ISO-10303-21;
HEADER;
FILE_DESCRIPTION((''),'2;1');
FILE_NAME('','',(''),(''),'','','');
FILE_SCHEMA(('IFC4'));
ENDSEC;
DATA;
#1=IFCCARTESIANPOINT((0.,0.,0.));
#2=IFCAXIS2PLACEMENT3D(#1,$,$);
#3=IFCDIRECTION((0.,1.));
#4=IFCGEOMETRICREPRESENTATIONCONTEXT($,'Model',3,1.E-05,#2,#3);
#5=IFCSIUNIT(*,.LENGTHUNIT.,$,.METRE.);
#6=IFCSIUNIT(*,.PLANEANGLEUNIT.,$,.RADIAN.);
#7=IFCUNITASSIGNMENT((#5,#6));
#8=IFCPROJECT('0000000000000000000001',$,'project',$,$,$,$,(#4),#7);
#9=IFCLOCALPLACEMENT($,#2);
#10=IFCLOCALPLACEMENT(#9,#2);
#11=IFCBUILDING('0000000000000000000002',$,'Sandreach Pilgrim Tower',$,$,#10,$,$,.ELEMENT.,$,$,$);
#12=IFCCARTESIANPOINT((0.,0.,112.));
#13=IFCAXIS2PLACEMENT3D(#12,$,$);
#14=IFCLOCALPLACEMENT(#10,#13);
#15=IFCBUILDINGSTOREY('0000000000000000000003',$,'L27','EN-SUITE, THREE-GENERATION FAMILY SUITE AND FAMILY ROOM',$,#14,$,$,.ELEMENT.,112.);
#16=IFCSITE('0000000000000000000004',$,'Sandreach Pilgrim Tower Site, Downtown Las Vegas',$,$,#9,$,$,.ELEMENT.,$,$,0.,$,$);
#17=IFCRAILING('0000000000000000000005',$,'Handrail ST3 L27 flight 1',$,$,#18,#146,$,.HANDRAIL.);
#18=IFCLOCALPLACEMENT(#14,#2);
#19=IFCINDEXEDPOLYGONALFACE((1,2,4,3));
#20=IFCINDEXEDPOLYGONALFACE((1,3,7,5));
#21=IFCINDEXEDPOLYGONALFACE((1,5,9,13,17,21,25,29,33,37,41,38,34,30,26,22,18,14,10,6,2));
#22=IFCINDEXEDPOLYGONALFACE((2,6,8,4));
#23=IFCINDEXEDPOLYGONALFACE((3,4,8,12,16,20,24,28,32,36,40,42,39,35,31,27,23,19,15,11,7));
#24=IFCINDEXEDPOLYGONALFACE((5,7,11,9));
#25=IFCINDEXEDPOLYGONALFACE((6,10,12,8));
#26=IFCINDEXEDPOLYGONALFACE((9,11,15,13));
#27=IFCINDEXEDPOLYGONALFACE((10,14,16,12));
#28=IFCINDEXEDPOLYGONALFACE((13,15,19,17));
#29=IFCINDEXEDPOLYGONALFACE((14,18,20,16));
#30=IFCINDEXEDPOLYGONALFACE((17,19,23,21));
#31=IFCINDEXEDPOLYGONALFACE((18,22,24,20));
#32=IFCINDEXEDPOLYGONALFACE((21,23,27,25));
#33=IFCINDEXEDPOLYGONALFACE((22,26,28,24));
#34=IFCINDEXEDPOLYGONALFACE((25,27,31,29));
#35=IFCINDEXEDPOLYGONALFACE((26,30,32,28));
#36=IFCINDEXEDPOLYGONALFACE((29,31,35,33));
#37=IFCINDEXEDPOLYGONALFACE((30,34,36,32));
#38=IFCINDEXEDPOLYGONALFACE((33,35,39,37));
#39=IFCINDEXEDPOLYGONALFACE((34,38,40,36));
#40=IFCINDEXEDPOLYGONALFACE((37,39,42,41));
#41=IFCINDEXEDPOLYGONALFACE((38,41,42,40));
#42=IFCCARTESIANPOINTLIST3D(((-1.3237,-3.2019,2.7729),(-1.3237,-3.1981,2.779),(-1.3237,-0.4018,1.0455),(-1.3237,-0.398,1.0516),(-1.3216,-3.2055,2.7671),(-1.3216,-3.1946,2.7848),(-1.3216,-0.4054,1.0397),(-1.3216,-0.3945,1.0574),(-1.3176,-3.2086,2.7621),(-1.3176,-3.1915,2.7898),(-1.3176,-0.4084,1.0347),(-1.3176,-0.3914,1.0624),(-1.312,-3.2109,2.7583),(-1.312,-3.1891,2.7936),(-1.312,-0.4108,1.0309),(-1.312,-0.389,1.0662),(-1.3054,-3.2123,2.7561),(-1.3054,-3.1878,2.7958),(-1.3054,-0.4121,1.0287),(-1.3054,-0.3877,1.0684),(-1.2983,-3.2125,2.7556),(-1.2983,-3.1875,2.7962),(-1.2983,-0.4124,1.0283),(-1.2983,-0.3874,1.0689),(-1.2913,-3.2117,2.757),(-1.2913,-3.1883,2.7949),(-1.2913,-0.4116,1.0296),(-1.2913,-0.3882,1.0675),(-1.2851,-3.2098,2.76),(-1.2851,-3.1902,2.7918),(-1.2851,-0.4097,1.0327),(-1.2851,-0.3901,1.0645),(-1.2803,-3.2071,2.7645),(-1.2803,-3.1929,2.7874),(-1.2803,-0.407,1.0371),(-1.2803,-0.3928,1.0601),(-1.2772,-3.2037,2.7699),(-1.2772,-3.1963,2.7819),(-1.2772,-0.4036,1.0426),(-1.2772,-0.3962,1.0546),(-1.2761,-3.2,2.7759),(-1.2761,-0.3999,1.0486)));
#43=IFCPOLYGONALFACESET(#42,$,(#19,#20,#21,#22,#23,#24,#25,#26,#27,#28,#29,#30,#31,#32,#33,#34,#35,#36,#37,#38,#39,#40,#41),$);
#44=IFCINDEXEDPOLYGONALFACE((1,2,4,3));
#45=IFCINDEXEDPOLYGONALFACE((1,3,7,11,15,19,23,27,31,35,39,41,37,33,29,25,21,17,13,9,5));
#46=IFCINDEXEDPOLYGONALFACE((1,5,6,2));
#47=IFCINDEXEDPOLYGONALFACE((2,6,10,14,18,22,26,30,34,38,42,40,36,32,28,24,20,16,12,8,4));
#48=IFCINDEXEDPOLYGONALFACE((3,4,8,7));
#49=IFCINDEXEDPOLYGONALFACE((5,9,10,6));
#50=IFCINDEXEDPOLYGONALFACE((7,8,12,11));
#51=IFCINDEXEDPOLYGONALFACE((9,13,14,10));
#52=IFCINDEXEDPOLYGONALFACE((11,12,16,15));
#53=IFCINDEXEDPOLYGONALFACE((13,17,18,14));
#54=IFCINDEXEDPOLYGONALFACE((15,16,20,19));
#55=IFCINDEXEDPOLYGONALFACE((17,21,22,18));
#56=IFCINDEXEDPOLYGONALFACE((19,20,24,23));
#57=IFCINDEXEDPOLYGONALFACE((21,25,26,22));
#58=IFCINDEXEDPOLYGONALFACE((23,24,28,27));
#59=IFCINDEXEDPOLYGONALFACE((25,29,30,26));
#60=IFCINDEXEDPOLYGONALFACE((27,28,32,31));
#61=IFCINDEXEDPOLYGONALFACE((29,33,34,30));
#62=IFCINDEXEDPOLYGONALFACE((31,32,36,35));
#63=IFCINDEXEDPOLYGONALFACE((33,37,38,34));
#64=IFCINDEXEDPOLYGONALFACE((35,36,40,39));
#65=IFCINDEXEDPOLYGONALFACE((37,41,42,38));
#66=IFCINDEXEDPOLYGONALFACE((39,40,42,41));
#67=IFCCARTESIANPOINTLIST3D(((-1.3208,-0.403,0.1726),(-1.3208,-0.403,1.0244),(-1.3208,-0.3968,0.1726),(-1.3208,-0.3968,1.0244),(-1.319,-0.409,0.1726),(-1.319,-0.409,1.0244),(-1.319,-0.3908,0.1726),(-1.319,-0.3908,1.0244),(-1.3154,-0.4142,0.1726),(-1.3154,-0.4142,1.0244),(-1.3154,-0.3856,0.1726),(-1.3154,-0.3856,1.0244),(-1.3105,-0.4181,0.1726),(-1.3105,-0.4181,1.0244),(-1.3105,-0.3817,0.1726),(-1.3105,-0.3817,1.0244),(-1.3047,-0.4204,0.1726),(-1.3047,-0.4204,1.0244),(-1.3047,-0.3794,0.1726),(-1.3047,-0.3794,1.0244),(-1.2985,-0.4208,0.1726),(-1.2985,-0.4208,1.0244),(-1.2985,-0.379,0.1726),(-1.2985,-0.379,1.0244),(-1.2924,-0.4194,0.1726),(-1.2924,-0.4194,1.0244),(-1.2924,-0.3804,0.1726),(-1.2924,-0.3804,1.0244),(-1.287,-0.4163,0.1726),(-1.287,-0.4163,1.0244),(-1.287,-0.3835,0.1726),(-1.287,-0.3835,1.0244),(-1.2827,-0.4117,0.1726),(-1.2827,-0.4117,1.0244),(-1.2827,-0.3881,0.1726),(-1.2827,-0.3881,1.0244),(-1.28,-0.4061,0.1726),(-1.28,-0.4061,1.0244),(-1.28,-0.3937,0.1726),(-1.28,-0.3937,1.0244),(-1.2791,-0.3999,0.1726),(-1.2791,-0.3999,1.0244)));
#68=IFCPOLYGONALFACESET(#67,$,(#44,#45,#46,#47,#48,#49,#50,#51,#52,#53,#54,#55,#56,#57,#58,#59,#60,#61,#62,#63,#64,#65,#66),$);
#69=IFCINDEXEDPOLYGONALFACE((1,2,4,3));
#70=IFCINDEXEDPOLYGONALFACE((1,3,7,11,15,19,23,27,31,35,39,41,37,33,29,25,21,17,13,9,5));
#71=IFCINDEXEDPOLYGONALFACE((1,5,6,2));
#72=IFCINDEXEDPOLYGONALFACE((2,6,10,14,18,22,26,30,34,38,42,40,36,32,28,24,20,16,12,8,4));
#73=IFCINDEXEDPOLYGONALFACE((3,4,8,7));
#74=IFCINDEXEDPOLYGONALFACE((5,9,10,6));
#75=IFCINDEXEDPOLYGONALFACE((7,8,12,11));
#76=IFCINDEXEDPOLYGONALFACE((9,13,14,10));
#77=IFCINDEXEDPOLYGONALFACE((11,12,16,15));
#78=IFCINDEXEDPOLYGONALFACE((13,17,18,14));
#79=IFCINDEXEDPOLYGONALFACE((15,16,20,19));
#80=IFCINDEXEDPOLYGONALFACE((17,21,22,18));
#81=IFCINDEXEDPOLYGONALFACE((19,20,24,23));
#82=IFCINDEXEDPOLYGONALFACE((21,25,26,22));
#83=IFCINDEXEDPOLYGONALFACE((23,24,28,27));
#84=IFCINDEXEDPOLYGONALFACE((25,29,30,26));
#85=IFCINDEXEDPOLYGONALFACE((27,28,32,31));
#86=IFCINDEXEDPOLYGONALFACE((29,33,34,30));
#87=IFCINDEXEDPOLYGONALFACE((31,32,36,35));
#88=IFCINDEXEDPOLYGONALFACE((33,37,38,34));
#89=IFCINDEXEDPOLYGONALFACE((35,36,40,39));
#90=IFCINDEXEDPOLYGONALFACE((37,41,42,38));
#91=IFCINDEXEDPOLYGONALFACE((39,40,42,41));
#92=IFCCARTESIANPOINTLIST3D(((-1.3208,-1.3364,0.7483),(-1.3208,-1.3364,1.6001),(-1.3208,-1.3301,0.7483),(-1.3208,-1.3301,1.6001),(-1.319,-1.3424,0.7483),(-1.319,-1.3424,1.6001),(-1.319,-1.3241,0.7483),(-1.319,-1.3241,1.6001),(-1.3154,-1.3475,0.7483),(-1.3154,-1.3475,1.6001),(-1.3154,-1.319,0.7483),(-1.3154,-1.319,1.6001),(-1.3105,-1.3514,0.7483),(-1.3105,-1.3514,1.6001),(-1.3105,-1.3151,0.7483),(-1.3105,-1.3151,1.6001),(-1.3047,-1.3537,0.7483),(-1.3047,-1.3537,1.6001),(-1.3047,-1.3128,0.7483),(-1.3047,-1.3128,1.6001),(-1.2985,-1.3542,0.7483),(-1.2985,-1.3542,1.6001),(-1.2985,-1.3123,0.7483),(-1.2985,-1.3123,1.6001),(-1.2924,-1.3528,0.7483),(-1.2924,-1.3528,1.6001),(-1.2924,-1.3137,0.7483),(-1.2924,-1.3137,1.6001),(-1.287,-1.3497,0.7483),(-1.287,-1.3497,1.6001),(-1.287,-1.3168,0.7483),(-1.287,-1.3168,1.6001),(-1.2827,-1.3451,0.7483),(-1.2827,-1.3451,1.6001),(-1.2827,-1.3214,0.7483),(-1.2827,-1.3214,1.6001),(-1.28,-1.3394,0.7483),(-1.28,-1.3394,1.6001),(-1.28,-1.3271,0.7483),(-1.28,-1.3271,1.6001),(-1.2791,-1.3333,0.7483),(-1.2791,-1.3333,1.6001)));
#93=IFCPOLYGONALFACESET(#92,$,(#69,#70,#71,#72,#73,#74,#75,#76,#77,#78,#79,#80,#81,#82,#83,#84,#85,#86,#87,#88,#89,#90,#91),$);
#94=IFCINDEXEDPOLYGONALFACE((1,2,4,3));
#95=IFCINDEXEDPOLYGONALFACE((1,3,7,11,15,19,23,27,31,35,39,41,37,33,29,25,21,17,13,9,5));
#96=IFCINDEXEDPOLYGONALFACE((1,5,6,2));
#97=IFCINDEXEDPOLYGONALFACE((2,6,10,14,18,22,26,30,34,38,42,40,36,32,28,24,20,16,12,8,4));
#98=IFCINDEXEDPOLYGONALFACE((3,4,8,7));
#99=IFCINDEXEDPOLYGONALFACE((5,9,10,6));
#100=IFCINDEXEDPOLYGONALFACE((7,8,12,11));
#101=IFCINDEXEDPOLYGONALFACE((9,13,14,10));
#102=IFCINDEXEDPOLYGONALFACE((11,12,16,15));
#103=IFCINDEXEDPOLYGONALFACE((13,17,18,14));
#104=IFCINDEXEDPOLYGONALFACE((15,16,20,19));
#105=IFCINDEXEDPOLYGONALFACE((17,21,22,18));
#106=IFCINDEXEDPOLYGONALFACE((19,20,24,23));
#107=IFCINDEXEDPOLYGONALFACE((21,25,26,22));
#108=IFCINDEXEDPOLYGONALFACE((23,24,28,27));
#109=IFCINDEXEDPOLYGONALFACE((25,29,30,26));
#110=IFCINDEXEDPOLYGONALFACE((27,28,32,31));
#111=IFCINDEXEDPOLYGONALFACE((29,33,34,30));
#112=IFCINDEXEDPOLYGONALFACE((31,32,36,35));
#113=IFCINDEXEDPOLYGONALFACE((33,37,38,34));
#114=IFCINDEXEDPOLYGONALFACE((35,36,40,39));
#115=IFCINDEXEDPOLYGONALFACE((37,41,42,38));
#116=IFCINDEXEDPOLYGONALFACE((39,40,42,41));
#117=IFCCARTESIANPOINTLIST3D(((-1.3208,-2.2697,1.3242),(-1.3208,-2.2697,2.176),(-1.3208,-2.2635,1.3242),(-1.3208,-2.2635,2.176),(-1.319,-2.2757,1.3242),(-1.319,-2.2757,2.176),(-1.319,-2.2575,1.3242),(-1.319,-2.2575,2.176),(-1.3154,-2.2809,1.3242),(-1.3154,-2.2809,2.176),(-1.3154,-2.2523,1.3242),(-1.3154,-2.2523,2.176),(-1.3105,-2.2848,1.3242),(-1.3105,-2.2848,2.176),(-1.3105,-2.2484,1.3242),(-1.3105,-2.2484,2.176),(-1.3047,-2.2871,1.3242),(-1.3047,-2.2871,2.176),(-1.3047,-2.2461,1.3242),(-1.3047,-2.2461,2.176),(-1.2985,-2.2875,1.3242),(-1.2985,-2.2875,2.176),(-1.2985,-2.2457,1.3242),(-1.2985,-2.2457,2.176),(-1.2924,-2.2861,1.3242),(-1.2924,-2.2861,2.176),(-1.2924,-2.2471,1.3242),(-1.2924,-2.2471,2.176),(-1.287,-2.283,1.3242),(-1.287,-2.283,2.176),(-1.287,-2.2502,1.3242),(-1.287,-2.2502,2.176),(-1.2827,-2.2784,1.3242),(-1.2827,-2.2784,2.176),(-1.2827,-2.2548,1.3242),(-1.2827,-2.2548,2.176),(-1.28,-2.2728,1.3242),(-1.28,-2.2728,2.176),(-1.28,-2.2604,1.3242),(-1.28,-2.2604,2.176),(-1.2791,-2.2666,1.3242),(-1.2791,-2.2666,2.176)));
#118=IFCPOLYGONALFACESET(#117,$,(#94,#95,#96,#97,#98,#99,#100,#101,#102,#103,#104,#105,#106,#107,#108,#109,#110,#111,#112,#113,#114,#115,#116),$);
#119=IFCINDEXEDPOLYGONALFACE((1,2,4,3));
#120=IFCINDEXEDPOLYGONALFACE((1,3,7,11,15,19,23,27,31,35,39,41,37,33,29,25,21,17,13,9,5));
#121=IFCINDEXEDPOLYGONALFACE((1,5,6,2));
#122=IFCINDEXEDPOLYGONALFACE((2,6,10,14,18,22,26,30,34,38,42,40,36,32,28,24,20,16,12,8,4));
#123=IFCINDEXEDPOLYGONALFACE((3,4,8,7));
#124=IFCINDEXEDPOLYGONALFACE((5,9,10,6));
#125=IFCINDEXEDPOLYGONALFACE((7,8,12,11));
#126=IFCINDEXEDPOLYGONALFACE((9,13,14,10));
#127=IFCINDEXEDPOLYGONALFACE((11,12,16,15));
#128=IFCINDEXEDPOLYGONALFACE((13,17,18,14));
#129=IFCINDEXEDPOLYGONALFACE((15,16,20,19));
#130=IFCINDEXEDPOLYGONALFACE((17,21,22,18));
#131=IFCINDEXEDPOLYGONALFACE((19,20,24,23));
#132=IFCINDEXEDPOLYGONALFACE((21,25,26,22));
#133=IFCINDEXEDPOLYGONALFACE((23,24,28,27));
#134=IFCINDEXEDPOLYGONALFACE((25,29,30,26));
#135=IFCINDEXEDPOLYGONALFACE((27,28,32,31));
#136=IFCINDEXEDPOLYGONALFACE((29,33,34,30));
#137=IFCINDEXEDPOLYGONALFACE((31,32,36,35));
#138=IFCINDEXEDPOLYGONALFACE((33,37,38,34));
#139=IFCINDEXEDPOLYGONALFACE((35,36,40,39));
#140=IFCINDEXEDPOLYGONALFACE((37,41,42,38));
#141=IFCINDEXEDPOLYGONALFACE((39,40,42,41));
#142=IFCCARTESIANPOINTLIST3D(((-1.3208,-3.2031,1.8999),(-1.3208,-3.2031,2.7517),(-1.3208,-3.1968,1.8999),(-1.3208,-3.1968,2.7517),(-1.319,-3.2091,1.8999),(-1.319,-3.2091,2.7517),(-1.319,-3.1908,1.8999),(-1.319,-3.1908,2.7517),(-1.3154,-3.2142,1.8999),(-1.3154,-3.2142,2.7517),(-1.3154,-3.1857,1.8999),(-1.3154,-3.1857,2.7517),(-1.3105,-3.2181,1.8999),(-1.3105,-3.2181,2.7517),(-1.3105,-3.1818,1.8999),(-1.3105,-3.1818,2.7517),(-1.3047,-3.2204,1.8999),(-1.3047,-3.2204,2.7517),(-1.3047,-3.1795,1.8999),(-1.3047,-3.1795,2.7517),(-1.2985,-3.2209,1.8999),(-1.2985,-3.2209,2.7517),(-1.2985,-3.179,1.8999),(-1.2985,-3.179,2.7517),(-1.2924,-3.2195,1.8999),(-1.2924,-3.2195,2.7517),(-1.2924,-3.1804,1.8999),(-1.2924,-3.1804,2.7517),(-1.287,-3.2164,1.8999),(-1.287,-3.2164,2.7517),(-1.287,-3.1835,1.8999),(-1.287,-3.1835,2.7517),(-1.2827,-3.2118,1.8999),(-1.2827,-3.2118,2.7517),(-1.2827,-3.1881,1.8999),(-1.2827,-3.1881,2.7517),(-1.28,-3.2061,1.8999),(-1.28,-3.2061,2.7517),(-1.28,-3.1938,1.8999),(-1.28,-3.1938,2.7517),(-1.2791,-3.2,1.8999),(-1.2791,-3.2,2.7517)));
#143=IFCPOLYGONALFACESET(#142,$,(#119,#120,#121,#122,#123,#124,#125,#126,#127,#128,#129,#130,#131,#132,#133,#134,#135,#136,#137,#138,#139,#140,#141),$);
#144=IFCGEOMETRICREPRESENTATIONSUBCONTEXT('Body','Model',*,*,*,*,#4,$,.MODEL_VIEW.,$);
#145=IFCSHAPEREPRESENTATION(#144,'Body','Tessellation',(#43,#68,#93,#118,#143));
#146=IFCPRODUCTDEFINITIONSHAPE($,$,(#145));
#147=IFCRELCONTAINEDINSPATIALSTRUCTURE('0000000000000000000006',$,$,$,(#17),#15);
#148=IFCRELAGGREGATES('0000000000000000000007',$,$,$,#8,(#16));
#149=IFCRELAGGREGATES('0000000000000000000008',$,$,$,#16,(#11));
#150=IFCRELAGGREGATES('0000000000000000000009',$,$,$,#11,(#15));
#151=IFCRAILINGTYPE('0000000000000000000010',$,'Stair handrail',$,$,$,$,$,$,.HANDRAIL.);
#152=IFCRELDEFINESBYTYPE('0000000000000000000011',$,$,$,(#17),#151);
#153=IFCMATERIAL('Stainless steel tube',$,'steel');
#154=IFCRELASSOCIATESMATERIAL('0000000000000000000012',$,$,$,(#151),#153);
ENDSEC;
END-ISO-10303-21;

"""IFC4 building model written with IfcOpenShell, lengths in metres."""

from ifc_helpers import new_model, si_unit, direction, frame, origin, origin_2d, place, context, subcontext, project, spatial, circle, extrude, material, type_object, element, save


model = new_model("IFC4")

# Units and contexts
model_context = context("Model", 3, precision=1e-05, world=origin(), true_north=direction((0.0, 1.0)))
body_context = subcontext(model_context, "Body", "Model", "MODEL_VIEW")
ifc_project = project(units=[si_unit("LENGTHUNIT", "METRE"), si_unit("PLANEANGLEUNIT", "RADIAN")], contexts=[model_context])

# Site, building, storey
site_placement = place(None, origin())
site = spatial("IfcSite", under=ifc_project, at=site_placement, Name="Sandreach Pilgrim Tower Site, Downtown Las Vegas", CompositionType="ELEMENT", RefElevation=0.0)
building_placement = place(site_placement, origin())
building = spatial("IfcBuilding", under=site, at=building_placement, Name="Sandreach Pilgrim Tower", CompositionType="ELEMENT")
storey_placement = place(building_placement, frame((0.0, 0.0, 112.0)))
storey = spatial("IfcBuildingStorey", under=building, at=storey_placement, Name="L27", Description="EN-SUITE, THREE-GENERATION FAMILY SUITE AND FAMILY ROOM", CompositionType="ELEMENT", Elevation=112.0)

# Railing
ifc_material_1 = material(Name="Stainless steel tube", Category="steel")
railing_type = type_object("IfcRailingType", Name="Stair handrail", PredefinedType="HANDRAIL", material=ifc_material_1)
for number, where, name in (
    (1, (-1.3, -0.3999, 0.1726), "Handrail ST3 L27 flight 1"),
):
    element("IfcRailing", number, at=place(storey_placement, frame(where)), inside=storey, type_object=railing_type, Name=name, PredefinedType="HANDRAIL", context=body_context, shape_type="SweptSolid", body=[
        extrude(circle(Radius=0.0239, at=origin_2d()), frame((0.0, 0.0, 0.876), z_axis=(0.0, -0.85109, 0.52502), x_axis=(1.0, 0.0, 0.0)), (0.0, 0.0, 1.0), 3.29),
        extrude(circle(Radius=0.021, at=origin_2d()), origin(), (0.0, 0.0, 1.0), 0.8518),
        extrude(circle(Radius=0.021, at=origin_2d()), frame((0.0, -0.9333, 0.5757)), (0.0, 0.0, 1.0), 0.8518),
        extrude(circle(Radius=0.021, at=origin_2d()), frame((0.0, -1.8667, 1.1516)), (0.0, 0.0, 1.0), 0.8518),
        extrude(circle(Radius=0.021, at=origin_2d()), frame((0.0, -2.8, 1.7273)), (0.0, 0.0, 1.0), 0.8518),
    ])

save(model, "model.ifc")
